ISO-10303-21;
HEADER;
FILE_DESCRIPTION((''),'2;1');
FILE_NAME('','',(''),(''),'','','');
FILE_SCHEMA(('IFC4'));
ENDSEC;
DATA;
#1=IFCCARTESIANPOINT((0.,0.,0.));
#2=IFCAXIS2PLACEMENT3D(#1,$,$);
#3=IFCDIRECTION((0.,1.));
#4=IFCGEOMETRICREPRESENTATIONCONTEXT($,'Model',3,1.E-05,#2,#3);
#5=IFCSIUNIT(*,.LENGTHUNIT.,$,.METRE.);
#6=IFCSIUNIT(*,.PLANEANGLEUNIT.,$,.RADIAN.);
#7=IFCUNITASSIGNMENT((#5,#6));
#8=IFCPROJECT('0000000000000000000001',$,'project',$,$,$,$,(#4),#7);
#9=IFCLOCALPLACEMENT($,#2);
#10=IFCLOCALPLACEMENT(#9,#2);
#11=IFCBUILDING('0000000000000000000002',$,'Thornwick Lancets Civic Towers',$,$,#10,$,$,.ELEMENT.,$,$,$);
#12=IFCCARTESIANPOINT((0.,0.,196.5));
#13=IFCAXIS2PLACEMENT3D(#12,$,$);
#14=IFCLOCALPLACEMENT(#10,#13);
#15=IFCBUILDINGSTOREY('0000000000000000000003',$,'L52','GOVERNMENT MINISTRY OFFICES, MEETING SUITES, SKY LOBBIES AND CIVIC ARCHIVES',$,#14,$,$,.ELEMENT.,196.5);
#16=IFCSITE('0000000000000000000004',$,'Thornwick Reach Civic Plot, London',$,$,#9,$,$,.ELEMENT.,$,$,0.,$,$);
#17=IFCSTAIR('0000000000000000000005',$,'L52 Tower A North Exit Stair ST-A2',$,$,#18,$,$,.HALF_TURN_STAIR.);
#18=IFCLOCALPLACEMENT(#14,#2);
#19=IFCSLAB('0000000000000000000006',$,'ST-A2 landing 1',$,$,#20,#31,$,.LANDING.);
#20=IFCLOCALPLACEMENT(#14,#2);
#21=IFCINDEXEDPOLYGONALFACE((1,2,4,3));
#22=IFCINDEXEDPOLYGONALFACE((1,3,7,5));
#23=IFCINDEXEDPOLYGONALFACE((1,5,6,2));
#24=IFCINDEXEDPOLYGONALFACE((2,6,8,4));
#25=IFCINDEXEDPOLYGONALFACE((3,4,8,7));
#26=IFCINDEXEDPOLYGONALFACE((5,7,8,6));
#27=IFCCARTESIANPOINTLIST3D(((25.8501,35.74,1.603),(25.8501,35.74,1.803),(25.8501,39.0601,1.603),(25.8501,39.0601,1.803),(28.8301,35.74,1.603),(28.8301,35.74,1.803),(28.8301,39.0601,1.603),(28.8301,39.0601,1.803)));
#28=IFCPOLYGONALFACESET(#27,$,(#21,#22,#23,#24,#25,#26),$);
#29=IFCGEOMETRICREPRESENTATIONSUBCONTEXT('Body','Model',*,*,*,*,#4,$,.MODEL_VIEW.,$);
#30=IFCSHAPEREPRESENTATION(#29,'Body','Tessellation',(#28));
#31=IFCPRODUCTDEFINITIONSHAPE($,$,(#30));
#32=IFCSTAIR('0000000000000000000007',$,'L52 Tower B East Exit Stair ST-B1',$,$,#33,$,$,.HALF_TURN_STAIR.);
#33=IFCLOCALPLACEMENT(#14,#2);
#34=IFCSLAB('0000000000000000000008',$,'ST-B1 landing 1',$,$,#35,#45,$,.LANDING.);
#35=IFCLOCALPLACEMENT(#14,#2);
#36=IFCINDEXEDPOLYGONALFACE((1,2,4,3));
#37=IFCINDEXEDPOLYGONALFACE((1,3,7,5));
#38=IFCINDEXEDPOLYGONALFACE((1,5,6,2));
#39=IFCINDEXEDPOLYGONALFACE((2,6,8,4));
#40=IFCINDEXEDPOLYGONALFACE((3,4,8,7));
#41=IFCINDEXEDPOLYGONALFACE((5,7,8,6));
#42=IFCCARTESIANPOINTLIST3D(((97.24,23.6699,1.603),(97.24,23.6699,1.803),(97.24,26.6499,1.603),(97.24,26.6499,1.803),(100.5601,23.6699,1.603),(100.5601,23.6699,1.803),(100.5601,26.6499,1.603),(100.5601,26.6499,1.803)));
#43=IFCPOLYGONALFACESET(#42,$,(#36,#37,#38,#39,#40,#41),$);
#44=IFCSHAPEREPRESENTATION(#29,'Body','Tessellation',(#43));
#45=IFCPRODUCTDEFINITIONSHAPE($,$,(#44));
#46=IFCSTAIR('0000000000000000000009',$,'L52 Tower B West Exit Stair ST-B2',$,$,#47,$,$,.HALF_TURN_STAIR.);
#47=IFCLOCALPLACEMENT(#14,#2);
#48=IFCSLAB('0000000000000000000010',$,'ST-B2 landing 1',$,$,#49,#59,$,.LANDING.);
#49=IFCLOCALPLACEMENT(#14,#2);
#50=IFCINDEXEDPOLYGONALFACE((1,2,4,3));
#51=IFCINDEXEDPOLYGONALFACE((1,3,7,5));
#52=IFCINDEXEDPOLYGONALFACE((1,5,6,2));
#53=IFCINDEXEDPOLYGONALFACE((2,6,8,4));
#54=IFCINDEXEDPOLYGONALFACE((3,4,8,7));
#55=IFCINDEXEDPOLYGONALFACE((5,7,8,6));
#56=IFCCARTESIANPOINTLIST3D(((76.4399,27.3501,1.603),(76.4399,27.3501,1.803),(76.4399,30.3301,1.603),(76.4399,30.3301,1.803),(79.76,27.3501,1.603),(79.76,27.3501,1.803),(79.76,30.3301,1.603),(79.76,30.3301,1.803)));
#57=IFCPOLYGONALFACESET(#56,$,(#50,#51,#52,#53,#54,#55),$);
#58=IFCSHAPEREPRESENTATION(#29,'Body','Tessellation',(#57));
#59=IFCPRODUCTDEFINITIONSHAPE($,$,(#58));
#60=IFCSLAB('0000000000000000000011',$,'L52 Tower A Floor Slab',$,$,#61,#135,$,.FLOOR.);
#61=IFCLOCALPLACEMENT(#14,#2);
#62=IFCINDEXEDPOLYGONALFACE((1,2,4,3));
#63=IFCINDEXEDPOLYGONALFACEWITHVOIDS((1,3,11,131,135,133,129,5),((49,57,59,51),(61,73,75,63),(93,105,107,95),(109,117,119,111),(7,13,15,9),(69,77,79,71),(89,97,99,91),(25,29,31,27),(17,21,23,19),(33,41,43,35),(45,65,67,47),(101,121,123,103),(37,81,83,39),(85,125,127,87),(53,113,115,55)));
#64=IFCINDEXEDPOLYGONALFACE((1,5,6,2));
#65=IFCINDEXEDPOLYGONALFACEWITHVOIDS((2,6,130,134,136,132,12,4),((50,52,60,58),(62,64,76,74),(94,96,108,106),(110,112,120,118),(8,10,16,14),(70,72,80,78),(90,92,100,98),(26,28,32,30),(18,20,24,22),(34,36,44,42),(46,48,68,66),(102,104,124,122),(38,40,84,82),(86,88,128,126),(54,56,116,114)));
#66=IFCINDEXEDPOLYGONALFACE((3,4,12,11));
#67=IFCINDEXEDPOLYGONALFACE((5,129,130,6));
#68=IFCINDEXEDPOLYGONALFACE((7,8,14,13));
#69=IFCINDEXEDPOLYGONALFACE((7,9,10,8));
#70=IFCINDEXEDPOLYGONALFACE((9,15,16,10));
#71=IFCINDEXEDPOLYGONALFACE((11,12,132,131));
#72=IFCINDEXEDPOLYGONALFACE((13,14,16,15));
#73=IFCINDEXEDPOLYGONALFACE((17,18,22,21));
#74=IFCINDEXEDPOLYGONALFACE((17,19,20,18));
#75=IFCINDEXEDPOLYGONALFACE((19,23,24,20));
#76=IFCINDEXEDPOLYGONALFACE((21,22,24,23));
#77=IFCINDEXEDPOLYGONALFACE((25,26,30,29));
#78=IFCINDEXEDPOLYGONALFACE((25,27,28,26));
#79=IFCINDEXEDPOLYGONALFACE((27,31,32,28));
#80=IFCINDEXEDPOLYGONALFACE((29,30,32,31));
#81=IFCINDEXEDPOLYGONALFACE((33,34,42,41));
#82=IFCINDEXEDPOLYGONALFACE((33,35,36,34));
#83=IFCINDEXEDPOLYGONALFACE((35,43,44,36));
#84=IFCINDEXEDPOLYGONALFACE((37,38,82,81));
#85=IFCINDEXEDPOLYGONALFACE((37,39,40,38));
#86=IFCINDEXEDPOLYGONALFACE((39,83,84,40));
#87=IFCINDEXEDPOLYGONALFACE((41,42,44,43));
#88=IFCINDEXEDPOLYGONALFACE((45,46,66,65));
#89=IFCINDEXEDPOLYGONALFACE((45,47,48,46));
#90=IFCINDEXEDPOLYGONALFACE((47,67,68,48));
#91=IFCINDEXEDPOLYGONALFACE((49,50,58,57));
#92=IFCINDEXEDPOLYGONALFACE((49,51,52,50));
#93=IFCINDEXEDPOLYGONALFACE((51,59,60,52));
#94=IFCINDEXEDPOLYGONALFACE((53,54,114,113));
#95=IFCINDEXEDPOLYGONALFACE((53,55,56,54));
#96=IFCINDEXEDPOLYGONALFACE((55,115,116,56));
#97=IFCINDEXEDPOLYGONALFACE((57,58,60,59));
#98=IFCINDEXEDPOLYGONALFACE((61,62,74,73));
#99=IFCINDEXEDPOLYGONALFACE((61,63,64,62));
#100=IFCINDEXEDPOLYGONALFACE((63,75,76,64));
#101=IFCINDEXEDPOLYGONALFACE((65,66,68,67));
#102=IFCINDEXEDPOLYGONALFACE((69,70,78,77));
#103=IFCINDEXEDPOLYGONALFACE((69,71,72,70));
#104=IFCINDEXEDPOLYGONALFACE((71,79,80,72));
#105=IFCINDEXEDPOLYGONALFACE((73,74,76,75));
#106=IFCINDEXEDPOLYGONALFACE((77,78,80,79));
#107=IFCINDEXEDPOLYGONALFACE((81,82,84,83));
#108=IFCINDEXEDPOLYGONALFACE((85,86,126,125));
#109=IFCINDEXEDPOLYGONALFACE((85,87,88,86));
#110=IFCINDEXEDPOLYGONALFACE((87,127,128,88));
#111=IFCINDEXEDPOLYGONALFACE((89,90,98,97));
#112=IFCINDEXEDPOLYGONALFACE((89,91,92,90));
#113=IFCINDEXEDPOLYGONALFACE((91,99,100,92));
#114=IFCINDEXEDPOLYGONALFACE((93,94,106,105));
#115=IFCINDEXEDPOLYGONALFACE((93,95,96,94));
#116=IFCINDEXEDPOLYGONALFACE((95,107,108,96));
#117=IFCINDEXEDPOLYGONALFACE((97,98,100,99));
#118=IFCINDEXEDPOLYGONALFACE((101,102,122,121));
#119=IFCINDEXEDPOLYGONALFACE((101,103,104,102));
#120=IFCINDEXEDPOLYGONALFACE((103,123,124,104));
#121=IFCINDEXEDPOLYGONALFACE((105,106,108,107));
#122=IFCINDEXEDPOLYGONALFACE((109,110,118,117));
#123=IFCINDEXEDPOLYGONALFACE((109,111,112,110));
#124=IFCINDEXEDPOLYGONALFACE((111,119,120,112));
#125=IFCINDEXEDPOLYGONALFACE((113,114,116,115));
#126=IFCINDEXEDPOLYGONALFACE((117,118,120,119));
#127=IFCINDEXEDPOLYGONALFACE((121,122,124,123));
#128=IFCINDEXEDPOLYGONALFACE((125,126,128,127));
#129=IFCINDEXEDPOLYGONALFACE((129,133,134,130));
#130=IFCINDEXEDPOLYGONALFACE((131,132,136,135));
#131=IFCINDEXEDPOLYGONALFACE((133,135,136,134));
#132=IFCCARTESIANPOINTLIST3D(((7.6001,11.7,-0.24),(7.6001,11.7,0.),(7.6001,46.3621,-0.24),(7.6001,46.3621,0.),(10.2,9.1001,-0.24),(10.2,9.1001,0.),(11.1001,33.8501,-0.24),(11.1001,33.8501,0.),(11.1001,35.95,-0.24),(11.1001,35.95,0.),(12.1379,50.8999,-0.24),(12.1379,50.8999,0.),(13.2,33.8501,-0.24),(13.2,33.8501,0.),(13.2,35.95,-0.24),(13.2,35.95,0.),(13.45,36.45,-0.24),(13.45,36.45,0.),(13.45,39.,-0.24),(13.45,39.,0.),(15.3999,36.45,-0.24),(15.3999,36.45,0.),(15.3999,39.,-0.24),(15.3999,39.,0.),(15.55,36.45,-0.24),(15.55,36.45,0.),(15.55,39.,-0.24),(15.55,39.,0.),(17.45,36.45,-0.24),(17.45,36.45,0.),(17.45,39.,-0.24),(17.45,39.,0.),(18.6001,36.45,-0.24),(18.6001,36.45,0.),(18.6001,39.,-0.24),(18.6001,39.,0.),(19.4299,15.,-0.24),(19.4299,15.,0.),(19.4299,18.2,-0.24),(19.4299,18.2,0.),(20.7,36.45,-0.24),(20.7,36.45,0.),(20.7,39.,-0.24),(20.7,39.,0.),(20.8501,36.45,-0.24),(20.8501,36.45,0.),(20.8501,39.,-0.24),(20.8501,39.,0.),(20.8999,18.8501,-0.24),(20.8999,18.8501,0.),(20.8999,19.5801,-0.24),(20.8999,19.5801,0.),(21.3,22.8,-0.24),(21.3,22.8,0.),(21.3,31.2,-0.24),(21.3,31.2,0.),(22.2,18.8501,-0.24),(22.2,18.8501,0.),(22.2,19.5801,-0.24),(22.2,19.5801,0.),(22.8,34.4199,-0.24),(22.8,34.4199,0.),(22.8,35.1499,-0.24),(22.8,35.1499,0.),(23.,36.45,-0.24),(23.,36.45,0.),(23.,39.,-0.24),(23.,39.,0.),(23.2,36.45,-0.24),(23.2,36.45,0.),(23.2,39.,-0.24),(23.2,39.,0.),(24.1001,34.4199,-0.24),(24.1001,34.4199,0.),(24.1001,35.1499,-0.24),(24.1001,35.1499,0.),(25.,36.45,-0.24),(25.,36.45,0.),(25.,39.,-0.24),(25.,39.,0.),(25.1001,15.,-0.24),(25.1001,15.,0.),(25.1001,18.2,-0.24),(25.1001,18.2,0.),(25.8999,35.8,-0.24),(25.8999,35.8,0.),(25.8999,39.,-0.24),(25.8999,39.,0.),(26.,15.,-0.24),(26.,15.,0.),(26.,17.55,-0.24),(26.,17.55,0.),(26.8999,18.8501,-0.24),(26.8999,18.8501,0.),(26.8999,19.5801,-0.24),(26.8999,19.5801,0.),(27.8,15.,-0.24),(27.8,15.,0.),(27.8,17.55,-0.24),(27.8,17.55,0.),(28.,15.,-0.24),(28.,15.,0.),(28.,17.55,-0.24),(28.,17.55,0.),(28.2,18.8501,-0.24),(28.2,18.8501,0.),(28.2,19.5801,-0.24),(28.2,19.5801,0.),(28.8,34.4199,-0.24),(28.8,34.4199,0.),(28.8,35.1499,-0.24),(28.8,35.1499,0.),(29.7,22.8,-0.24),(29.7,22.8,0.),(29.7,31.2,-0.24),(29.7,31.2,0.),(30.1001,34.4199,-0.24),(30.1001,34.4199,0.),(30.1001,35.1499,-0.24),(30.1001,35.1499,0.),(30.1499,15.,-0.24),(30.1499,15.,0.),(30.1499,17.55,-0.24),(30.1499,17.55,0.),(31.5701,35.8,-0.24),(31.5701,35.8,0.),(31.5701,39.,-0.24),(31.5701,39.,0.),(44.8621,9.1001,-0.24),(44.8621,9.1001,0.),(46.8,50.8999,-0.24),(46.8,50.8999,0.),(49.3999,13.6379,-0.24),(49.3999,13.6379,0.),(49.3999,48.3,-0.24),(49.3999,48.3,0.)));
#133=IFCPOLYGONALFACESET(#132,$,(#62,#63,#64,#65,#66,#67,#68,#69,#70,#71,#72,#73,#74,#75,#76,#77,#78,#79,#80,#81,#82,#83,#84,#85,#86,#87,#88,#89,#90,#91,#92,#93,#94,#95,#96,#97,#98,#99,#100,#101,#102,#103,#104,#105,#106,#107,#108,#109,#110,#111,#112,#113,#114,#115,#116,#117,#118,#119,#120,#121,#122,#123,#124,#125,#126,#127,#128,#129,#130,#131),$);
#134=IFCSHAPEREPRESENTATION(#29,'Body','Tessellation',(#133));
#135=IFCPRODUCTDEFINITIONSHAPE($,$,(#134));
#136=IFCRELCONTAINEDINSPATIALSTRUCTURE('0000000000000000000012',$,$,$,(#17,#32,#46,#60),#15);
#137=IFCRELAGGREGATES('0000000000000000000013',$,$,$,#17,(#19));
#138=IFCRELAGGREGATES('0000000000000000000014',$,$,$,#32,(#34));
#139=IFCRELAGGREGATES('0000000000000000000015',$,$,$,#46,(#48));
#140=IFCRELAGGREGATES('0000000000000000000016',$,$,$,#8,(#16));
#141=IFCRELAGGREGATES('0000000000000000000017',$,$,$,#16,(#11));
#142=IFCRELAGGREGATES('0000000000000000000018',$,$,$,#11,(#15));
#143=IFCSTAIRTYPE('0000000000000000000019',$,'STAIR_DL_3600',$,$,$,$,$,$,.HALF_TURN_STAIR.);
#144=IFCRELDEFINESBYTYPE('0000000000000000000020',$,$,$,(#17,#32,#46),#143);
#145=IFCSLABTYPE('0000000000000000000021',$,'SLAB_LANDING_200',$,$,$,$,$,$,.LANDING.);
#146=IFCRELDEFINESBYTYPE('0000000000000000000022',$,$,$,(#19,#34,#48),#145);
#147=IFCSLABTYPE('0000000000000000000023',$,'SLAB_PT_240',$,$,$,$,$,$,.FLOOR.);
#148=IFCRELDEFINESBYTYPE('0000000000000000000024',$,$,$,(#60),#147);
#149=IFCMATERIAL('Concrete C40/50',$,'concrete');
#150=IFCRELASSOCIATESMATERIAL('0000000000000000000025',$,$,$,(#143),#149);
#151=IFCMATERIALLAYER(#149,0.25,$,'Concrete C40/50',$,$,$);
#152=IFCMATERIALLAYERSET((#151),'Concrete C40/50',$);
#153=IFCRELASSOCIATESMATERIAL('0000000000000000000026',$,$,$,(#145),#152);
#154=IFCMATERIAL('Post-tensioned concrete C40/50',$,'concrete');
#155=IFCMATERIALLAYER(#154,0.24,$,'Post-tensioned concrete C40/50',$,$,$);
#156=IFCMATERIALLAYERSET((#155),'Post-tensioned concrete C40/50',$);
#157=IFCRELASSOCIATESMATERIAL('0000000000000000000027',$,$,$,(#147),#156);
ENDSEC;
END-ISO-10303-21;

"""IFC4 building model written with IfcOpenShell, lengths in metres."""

from ifc_helpers import new_model, si_unit, direction, frame, origin, place, context, subcontext, project, spatial, polyline, outline, extrude, material, layer, layer_set, type_object, element, aggregate, save


model = new_model("IFC4")

# Units and contexts
model_context = context("Model", 3, precision=1e-05, world=origin(), true_north=direction((0.0, 1.0)))
body_context = subcontext(model_context, "Body", "Model", "MODEL_VIEW")
ifc_project = project(units=[si_unit("LENGTHUNIT", "METRE"), si_unit("PLANEANGLEUNIT", "RADIAN")], contexts=[model_context])

# Site, building, storey
site_placement = place(None, origin())
site = spatial("IfcSite", under=ifc_project, at=site_placement, Name="Thornwick Reach Civic Plot, London", CompositionType="ELEMENT", RefElevation=0.0)
building_placement = place(site_placement, origin())
building = spatial("IfcBuilding", under=site, at=building_placement, Name="Thornwick Lancets Civic Towers", CompositionType="ELEMENT")
storey_placement = place(building_placement, frame((0.0, 0.0, 196.5)))
storey = spatial("IfcBuildingStorey", under=building, at=storey_placement, Name="L52", Description="GOVERNMENT MINISTRY OFFICES, MEETING SUITES, SKY LOBBIES AND CIVIC ARCHIVES", CompositionType="ELEMENT", Elevation=196.5)

# Shared definitions
ifc_material_1 = material(Name="Post-tensioned concrete C40/50", Category="concrete")

# Stairs, slabs
ifc_material_2 = material(Name="Concrete C40/50", Category="concrete")
stair_type = type_object("IfcStairType", Name="STAIR_DL_3600", PredefinedType="HALF_TURN_STAIR", material=ifc_material_2)
ifc_layer_1 = layer(ifc_material_2, 0.25, Name="Concrete C40/50")
ifc_layer_set_1 = layer_set([ifc_layer_1], Name="Concrete C40/50")
slab_type_1 = type_object("IfcSlabType", Name="SLAB_LANDING_200", PredefinedType="LANDING", material=ifc_layer_set_1)
stair_1_placement = place(storey_placement, origin())
stair_1 = element("IfcStair", 1, at=stair_1_placement, inside=storey, type_object=stair_type, Name="L52 Tower A North Exit Stair ST-A2", PredefinedType="HALF_TURN_STAIR")
slab_1_placement = place(storey_placement, frame((0.0, 0.0, 1.603)))
slab_1 = element("IfcSlab", 2, at=slab_1_placement, type_object=slab_type_1, Name="ST-A2 landing 1", PredefinedType="LANDING", context=body_context, shape_type="SweptSolid", body=[
    extrude(outline(polyline([(28.8301, 39.0601), (25.8501, 39.0601), (25.8501, 35.74), (28.8301, 35.74), (28.8301, 39.0601)])), origin(), (0.0, 0.0, 1.0), 0.2),
])
aggregate(stair_1, [slab_1])
stair_2_placement = place(storey_placement, origin())
stair_2 = element("IfcStair", 3, at=stair_2_placement, inside=storey, type_object=stair_type, Name="L52 Tower B East Exit Stair ST-B1", PredefinedType="HALF_TURN_STAIR")
slab_2_placement = place(storey_placement, frame((0.0, 0.0, 1.603)))
slab_2 = element("IfcSlab", 4, at=slab_2_placement, type_object=slab_type_1, Name="ST-B1 landing 1", PredefinedType="LANDING", context=body_context, shape_type="SweptSolid", body=[
    extrude(outline(polyline([(100.5601, 23.6699), (100.5601, 26.6499), (97.24, 26.6499), (97.24, 23.6699), (100.5601, 23.6699)])), origin(), (0.0, 0.0, 1.0), 0.2),
])
aggregate(stair_2, [slab_2])
stair_3_placement = place(storey_placement, origin())
stair_3 = element("IfcStair", 5, at=stair_3_placement, inside=storey, type_object=stair_type, Name="L52 Tower B West Exit Stair ST-B2", PredefinedType="HALF_TURN_STAIR")
slab_3_placement = place(storey_placement, frame((0.0, 0.0, 1.603)))
slab_3 = element("IfcSlab", 6, at=slab_3_placement, type_object=slab_type_1, Name="ST-B2 landing 1", PredefinedType="LANDING", context=body_context, shape_type="SweptSolid", body=[
    extrude(outline(polyline([(76.4399, 30.3301), (76.4399, 27.3501), (79.76, 27.3501), (79.76, 30.3301), (76.4399, 30.3301)])), origin(), (0.0, 0.0, 1.0), 0.2),
])
aggregate(stair_3, [slab_3])

# Slab
ifc_layer_2 = layer(ifc_material_1, 0.24, Name="Post-tensioned concrete C40/50")
ifc_layer_set_2 = layer_set([ifc_layer_2], Name="Post-tensioned concrete C40/50")
slab_type_2 = type_object("IfcSlabType", Name="SLAB_PT_240", PredefinedType="FLOOR", material=ifc_layer_set_2)
slab_4_placement = place(storey_placement, frame((0.0, 0.0, -0.24)))
element("IfcSlab", 7, at=slab_4_placement, inside=storey, type_object=slab_type_2, Name="L52 Tower A Floor Slab", PredefinedType="FLOOR", context=body_context, shape_type="SweptSolid", body=[
    extrude(outline(polyline([(10.2, 9.1001), (44.8621, 9.1001), (49.3999, 13.6379), (49.3999, 48.3), (46.8, 50.8999), (12.1379, 50.8999), (7.6001, 46.3621), (7.6001, 11.7), (10.2, 9.1001)]), holes=[polyline([(21.3, 22.8), (29.7, 22.8), (29.7, 31.2), (21.3, 31.2), (21.3, 22.8)]), polyline([(19.4299, 15.0), (25.1001, 15.0), (25.1001, 18.2), (19.4299, 18.2), (19.4299, 15.0)]), polyline([(31.5701, 39.0), (25.8999, 39.0), (25.8999, 35.8), (31.5701, 35.8), (31.5701, 39.0)]), polyline([(26.0, 15.0), (27.8, 15.0), (27.8, 17.55), (26.0, 17.55), (26.0, 15.0)]), polyline([(28.0, 15.0), (30.1499, 15.0), (30.1499, 17.55), (28.0, 17.55), (28.0, 15.0)]), polyline([(23.2, 36.45), (25.0, 36.45), (25.0, 39.0), (23.2, 39.0), (23.2, 36.45)]), polyline([(20.8501, 36.45), (23.0, 36.45), (23.0, 39.0), (20.8501, 39.0), (20.8501, 36.45)]), polyline([(18.6001, 36.45), (20.7, 36.45), (20.7, 39.0), (18.6001, 39.0), (18.6001, 36.45)]), polyline([(15.55, 36.45), (17.45, 36.45), (17.45, 39.0), (15.55, 39.0), (15.55, 36.45)]), polyline([(13.45, 36.45), (15.3999, 36.45), (15.3999, 39.0), (13.45, 39.0), (13.45, 36.45)]), polyline([(11.1001, 33.8501), (13.2, 33.8501), (13.2, 35.95), (11.1001, 35.95), (11.1001, 33.8501)]), polyline([(26.8999, 18.8501), (28.2, 18.8501), (28.2, 19.5801), (26.8999, 19.5801), (26.8999, 18.8501)]), polyline([(20.8999, 18.8501), (22.2, 18.8501), (22.2, 19.5801), (20.8999, 19.5801), (20.8999, 18.8501)]), polyline([(22.8, 34.4199), (24.1001, 34.4199), (24.1001, 35.1499), (22.8, 35.1499), (22.8, 34.4199)]), polyline([(28.8, 34.4199), (30.1001, 34.4199), (30.1001, 35.1499), (28.8, 35.1499), (28.8, 34.4199)])]), origin(), (0.0, 0.0, 1.0), 0.24),
])

save(model, "model.ifc")
